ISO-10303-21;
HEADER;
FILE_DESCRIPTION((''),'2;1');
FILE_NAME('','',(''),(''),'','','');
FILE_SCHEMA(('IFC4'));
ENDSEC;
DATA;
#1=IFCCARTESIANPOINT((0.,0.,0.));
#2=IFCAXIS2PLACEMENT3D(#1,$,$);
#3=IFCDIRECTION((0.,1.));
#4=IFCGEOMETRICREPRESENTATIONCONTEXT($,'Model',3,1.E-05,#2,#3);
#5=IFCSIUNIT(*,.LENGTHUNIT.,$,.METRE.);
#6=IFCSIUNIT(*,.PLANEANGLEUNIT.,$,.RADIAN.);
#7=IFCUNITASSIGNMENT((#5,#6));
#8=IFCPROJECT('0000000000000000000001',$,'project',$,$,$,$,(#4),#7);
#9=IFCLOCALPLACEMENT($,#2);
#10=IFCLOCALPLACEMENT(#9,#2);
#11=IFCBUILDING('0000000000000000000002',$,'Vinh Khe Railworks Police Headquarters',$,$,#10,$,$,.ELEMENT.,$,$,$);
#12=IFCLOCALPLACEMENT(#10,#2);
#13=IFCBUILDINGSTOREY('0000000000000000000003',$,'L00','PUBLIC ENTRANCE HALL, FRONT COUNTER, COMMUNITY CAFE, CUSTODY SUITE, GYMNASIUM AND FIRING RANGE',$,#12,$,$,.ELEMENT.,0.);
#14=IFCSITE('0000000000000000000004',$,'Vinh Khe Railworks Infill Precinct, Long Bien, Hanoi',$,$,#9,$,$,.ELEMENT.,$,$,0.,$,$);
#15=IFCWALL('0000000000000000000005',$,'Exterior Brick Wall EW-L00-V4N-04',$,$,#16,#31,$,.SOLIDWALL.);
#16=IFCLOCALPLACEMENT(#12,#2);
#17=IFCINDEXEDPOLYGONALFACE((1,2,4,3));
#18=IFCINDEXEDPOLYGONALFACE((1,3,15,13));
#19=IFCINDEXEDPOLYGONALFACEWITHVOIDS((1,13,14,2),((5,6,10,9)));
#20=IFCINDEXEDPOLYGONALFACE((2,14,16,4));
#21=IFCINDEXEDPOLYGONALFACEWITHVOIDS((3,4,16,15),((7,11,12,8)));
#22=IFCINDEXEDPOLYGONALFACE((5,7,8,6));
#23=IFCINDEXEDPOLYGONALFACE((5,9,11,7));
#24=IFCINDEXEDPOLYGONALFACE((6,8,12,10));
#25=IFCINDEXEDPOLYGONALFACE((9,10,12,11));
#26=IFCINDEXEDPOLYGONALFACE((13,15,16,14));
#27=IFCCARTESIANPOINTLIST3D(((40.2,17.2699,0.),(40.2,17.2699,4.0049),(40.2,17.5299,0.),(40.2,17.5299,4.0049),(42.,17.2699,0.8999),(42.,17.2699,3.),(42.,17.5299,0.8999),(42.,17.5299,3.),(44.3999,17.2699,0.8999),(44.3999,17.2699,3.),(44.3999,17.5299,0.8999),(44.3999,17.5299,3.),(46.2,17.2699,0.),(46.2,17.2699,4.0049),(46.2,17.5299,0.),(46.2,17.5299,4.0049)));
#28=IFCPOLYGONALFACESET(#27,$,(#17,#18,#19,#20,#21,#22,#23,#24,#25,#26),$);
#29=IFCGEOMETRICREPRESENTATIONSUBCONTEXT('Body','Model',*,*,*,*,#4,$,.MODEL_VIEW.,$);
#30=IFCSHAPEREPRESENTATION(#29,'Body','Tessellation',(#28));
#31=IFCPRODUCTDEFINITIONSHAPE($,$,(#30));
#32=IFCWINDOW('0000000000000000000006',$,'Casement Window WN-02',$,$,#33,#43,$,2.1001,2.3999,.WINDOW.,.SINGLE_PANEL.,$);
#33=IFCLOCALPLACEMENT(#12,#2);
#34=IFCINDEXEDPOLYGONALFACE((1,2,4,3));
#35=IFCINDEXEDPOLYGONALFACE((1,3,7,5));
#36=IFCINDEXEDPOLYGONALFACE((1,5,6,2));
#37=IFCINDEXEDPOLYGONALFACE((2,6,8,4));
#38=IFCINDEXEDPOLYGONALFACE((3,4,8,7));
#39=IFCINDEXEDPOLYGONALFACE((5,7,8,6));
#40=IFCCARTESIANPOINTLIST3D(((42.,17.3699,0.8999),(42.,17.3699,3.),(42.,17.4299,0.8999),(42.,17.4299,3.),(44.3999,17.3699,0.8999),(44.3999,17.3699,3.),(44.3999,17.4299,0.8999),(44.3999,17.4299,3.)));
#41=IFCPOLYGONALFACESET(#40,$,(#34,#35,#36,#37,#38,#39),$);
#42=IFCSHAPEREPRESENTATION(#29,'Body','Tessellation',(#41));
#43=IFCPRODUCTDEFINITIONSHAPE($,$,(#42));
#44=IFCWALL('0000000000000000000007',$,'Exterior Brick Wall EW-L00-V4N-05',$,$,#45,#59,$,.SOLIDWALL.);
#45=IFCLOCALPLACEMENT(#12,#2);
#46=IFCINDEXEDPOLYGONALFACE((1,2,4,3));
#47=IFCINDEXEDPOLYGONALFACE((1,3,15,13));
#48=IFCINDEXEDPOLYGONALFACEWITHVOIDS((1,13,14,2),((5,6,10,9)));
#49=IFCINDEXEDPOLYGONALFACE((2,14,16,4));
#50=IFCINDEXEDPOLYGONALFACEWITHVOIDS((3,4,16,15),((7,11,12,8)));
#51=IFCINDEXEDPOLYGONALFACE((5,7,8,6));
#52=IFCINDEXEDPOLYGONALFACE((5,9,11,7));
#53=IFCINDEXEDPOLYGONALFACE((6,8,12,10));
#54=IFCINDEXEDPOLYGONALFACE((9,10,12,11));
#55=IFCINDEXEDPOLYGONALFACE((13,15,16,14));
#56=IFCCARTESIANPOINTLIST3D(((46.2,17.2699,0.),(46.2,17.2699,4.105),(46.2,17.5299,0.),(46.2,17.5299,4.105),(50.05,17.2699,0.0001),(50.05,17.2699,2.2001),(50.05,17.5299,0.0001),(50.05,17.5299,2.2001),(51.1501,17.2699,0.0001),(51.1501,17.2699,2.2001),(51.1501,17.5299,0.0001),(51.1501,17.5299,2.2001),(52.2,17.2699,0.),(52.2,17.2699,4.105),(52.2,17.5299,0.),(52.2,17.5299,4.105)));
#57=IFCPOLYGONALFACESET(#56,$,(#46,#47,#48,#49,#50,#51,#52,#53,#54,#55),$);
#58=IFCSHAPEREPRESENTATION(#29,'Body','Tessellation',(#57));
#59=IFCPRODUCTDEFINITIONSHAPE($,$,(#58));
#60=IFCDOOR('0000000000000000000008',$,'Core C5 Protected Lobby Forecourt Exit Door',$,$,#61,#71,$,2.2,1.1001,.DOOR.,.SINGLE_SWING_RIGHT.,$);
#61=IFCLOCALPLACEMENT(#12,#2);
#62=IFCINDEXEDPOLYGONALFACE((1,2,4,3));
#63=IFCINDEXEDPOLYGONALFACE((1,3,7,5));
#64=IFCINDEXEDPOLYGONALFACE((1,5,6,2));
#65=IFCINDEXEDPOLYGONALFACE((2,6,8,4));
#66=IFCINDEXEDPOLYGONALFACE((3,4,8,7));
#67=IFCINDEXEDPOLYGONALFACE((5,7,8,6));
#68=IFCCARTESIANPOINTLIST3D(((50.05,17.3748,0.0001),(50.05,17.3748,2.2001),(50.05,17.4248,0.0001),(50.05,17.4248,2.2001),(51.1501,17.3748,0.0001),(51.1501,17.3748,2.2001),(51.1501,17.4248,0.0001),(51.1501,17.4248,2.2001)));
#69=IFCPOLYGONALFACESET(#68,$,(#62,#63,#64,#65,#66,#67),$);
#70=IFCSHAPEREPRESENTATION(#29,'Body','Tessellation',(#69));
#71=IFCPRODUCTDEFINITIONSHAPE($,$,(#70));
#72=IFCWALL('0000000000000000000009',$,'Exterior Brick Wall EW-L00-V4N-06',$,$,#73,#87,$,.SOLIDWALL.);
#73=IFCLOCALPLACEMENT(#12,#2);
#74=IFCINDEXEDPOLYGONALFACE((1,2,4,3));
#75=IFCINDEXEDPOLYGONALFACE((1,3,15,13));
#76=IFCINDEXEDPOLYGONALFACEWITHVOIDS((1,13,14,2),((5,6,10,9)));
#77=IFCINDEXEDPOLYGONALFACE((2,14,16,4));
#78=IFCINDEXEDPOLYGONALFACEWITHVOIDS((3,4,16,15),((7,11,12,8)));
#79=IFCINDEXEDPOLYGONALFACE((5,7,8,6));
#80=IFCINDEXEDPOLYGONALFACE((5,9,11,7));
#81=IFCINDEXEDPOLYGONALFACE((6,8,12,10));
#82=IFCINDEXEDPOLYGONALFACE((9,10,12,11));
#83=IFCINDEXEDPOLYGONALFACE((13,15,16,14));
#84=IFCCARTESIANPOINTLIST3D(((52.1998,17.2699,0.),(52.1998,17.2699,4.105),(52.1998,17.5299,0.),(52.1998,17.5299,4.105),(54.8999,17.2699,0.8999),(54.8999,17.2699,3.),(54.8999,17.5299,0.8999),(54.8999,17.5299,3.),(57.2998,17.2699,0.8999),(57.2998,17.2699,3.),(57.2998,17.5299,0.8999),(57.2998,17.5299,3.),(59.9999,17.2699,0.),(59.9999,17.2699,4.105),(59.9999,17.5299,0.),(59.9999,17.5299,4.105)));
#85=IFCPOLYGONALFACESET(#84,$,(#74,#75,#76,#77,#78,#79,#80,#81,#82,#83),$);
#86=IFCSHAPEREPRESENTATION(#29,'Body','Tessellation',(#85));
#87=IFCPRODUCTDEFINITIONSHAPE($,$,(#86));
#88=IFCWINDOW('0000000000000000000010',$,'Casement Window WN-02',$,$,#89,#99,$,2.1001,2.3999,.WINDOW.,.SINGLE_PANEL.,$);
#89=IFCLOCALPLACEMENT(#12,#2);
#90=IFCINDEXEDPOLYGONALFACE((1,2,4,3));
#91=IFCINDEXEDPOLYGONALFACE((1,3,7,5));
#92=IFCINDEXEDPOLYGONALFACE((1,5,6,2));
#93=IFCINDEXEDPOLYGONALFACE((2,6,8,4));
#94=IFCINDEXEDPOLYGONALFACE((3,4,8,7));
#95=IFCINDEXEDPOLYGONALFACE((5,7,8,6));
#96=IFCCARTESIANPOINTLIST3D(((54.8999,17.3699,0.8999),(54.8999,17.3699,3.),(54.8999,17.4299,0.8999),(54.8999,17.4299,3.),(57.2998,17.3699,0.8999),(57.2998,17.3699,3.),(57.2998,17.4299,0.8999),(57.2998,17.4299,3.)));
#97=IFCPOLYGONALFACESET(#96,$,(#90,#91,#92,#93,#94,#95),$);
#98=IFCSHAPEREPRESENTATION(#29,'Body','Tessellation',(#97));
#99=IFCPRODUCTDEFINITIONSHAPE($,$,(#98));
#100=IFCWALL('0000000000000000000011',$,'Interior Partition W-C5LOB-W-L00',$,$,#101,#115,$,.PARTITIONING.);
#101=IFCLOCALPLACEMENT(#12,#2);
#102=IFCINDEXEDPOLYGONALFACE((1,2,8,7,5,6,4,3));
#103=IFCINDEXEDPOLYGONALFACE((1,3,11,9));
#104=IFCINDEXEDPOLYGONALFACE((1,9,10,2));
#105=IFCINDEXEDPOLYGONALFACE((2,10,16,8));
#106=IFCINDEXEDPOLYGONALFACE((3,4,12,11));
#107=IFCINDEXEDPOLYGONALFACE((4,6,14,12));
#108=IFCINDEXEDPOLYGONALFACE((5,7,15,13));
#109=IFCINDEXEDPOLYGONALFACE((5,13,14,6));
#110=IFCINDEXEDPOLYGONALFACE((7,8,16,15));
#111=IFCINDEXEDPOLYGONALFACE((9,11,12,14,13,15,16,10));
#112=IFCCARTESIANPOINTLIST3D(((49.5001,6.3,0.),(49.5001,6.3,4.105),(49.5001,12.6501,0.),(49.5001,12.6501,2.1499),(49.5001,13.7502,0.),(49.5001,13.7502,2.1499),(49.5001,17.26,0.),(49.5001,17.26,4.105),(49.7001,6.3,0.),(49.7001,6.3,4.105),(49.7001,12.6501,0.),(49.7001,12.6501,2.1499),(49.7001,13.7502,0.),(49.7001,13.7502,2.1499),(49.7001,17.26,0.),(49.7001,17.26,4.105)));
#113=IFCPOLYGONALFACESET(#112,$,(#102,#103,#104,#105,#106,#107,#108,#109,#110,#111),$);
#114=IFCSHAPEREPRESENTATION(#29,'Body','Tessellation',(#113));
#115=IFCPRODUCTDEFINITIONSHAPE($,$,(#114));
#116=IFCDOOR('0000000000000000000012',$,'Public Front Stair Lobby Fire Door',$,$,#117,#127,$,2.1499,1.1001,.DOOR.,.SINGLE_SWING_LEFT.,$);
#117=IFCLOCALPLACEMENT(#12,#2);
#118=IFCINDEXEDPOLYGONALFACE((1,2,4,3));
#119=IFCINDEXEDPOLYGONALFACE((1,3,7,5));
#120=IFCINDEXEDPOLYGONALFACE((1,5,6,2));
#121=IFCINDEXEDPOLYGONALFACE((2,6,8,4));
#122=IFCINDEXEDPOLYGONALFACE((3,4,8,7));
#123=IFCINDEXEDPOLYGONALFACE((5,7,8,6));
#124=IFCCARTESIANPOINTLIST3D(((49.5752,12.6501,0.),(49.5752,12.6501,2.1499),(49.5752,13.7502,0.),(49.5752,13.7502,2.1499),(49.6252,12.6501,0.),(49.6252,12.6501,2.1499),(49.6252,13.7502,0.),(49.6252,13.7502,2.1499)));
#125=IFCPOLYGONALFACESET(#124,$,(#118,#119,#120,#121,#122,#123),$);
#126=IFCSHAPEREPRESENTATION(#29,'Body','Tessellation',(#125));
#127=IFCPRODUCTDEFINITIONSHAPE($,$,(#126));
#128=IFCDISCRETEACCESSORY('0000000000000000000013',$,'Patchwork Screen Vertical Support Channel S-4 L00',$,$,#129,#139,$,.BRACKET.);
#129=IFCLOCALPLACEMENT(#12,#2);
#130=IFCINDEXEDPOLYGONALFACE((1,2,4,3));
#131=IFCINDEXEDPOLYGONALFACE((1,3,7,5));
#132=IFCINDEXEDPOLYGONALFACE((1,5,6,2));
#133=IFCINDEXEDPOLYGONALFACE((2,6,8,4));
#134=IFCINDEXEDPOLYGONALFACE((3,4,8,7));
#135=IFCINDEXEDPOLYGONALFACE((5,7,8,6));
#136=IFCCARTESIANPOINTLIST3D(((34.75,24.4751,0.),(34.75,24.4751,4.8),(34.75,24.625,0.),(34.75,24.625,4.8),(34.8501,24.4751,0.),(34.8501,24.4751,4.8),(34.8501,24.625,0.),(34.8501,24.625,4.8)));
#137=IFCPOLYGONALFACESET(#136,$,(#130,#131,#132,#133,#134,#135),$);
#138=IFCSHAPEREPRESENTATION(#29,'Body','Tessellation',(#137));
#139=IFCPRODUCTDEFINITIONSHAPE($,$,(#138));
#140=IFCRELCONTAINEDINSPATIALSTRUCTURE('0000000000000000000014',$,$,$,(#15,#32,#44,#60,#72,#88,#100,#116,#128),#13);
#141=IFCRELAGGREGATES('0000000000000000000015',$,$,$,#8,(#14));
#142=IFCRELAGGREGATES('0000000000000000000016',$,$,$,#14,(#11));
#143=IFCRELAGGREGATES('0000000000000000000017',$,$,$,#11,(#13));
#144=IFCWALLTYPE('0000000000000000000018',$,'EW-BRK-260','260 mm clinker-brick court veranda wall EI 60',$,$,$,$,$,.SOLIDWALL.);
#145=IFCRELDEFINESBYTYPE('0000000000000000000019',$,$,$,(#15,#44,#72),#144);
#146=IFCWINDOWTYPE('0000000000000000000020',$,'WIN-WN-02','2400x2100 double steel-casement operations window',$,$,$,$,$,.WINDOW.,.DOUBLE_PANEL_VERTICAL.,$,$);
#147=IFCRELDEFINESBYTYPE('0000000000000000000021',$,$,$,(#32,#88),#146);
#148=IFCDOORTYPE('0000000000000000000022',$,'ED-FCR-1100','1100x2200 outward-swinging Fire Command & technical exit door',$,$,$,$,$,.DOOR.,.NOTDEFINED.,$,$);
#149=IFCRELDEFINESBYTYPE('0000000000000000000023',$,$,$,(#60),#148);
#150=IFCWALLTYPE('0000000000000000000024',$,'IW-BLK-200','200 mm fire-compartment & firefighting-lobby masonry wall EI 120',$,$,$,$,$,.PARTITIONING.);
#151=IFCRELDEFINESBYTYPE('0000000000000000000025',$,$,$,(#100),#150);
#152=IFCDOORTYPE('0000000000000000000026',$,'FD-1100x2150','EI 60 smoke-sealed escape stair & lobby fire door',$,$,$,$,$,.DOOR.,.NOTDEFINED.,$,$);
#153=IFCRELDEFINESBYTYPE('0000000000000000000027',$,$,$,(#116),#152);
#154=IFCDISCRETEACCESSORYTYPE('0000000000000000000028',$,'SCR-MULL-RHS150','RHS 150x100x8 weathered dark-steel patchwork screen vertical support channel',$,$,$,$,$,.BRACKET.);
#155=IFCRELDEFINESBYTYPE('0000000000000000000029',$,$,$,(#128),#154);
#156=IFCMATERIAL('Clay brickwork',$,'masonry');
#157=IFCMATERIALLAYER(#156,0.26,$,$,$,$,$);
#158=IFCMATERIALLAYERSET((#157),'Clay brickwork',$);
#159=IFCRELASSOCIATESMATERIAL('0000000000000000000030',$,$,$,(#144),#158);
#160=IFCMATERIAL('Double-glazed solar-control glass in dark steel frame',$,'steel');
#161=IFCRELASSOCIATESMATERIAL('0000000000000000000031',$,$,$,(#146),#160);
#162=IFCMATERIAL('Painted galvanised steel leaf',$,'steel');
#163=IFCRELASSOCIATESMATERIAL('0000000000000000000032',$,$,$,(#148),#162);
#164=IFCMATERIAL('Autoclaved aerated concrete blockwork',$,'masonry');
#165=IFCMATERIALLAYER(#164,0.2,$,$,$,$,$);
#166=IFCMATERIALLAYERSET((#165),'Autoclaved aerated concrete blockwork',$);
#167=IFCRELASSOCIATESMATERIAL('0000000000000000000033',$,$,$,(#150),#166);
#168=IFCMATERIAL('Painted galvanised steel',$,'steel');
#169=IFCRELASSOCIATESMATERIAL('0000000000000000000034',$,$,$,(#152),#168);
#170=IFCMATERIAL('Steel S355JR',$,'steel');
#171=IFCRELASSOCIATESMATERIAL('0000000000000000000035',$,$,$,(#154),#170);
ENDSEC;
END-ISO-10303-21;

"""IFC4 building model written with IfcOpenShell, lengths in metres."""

from ifc_helpers import new_model, si_unit, direction, frame, frame_2d, origin, origin_2d, place, context, subcontext, project, spatial, rectangle, extrude, material, layer, layer_set, type_object, element, fill, save


model = new_model("IFC4")

# Units and contexts
model_context = context("Model", 3, precision=1e-05, world=origin(), true_north=direction((0.0, 1.0)))
body_context = subcontext(model_context, "Body", "Model", "MODEL_VIEW")
ifc_project = project(units=[si_unit("LENGTHUNIT", "METRE"), si_unit("PLANEANGLEUNIT", "RADIAN")], contexts=[model_context])

# Site, building, storey
site_placement = place(None, origin())
site = spatial("IfcSite", under=ifc_project, at=site_placement, Name="Vinh Khe Railworks Infill Precinct, Long Bien, Hanoi", CompositionType="ELEMENT", RefElevation=0.0)
building_placement = place(site_placement, origin())
building = spatial("IfcBuilding", under=site, at=building_placement, Name="Vinh Khe Railworks Police Headquarters", CompositionType="ELEMENT")
storey_placement = place(building_placement, origin())
storey = spatial("IfcBuildingStorey", under=building, at=storey_placement, Name="L00", Description="PUBLIC ENTRANCE HALL, FRONT COUNTER, COMMUNITY CAFE, CUSTODY SUITE, GYMNASIUM AND FIRING RANGE", CompositionType="ELEMENT", Elevation=0.0)

# Shared definitions
ifc_material_1 = material(Name="Steel S355JR", Category="steel")

# Wall, opening, window
ifc_material_2 = material(Name="Clay brickwork", Category="masonry")
ifc_layer_1 = layer(ifc_material_2, 0.26)
ifc_layer_set_1 = layer_set([ifc_layer_1], Name="Clay brickwork")
wall_type_1 = type_object("IfcWallType", Name="EW-BRK-260", Description="260 mm clinker-brick court veranda wall EI 60", PredefinedType="SOLIDWALL", material=ifc_layer_set_1)
wall_1_placement = place(storey_placement, frame((40.2, 17.3999, 0.0), z_axis=(0.0, 0.0, 1.0), x_axis=(1.0, 0.0, 0.0)))
wall_1 = element("IfcWall", 1, at=wall_1_placement, inside=storey, type_object=wall_type_1, Name="Exterior Brick Wall EW-L00-V4N-04", PredefinedType="SOLIDWALL", context=body_context, shape_type="SweptSolid", body=[
    extrude(rectangle(XDim=6.0, YDim=0.26, at=frame_2d((3.0, 0.0))), origin(), (0.0, 0.0, 1.0), 4.0049),
])
opening_1_placement = place(wall_1_placement, frame((1.8, 0.0, 0.8999)))
opening_1 = element("IfcOpeningElement", 2, at=opening_1_placement, cuts=wall_1, PredefinedType="OPENING", context=body_context, shape_type="SweptSolid", body=[
    extrude(rectangle(XDim=2.3999, YDim=2.1001, at=frame_2d((1.2, 1.05))), frame((0.0, 0.145, 0.0), z_axis=(0.0, -1.0, 0.0), x_axis=(1.0, 0.0, 0.0)), (0.0, 0.0, 1.0), 0.2898),
])
ifc_material_3 = material(Name="Double-glazed solar-control glass in dark steel frame", Category="steel")
window_type = type_object("IfcWindowType", Name="WIN-WN-02", Description="2400x2100 double steel-casement operations window", PartitioningType="DOUBLE_PANEL_VERTICAL", PredefinedType="WINDOW", material=ifc_material_3)
window_1_placement = place(opening_1_placement, origin())
window_1 = element("IfcWindow", 3, at=window_1_placement, inside=storey, type_object=window_type, Name="Casement Window WN-02", OverallHeight=2.1001, OverallWidth=2.3999, PartitioningType="SINGLE_PANEL", PredefinedType="WINDOW", context=body_context, shape_type="SweptSolid", body=[
    extrude(rectangle(XDim=2.3999, YDim=2.1001, at=frame_2d((1.2, 1.05))), frame((0.0, 0.03, 0.0), z_axis=(0.0, -1.0, 0.0), x_axis=(1.0, 0.0, 0.0)), (0.0, 0.0, 1.0), 0.0601),
])
fill(opening_1, window_1)

# Wall, opening, door
wall_2_placement = place(storey_placement, frame((46.2, 17.3999, 0.0), z_axis=(0.0, 0.0, 1.0), x_axis=(1.0, 0.0, 0.0)))
wall_2 = element("IfcWall", 4, at=wall_2_placement, inside=storey, type_object=wall_type_1, Name="Exterior Brick Wall EW-L00-V4N-05", PredefinedType="SOLIDWALL", context=body_context, shape_type="SweptSolid", body=[
    extrude(rectangle(XDim=6.0, YDim=0.26, at=frame_2d((3.0, 0.0))), origin(), (0.0, 0.0, 1.0), 4.105),
])
opening_2_placement = place(wall_2_placement, frame((3.8501, 0.0, 0.0)))
opening_2 = element("IfcOpeningElement", 5, at=opening_2_placement, cuts=wall_2, PredefinedType="OPENING", context=body_context, shape_type="SweptSolid", body=[
    extrude(rectangle(XDim=1.1001, YDim=2.2, at=frame_2d((0.55, 1.1001))), frame((0.0, 0.145, 0.0), z_axis=(0.0, -1.0, 0.0), x_axis=(1.0, 0.0, 0.0)), (0.0, 0.0, 1.0), 0.2898),
])
ifc_material_4 = material(Name="Painted galvanised steel leaf", Category="steel")
door_type_1 = type_object("IfcDoorType", Name="ED-FCR-1100", Description="1100x2200 outward-swinging Fire Command & technical exit door", OperationType="NOTDEFINED", PredefinedType="DOOR", material=ifc_material_4)
door_1_placement = place(opening_2_placement, origin())
door_1 = element("IfcDoor", 6, at=door_1_placement, inside=storey, type_object=door_type_1, Name="Core C5 Protected Lobby Forecourt Exit Door", OperationType="SINGLE_SWING_RIGHT", OverallHeight=2.2, OverallWidth=1.1001, PredefinedType="DOOR", context=body_context, shape_type="SweptSolid", body=[
    extrude(rectangle(XDim=1.1001, YDim=2.2, at=frame_2d((0.55, 1.1001))), frame((0.0, 0.0249, 0.0), z_axis=(0.0, -1.0, 0.0), x_axis=(1.0, 0.0, 0.0)), (0.0, 0.0, 1.0), 0.05),
])
fill(opening_2, door_1)

# Wall, opening, window
wall_3_placement = place(storey_placement, frame((52.2, 17.3999, 0.0), z_axis=(0.0, 0.0, 1.0), x_axis=(1.0, 0.0, 0.0)))
wall_3 = element("IfcWall", 7, at=wall_3_placement, inside=storey, type_object=wall_type_1, Name="Exterior Brick Wall EW-L00-V4N-06", PredefinedType="SOLIDWALL", context=body_context, shape_type="SweptSolid", body=[
    extrude(rectangle(XDim=7.8, YDim=0.26, at=frame_2d((3.8999, 0.0))), origin(), (0.0, 0.0, 1.0), 4.105),
])
opening_3_placement = place(wall_3_placement, frame((2.7, 0.0, 0.8999)))
opening_3 = element("IfcOpeningElement", 8, at=opening_3_placement, cuts=wall_3, PredefinedType="OPENING", context=body_context, shape_type="SweptSolid", body=[
    extrude(rectangle(XDim=2.3999, YDim=2.1001, at=frame_2d((1.2, 1.05))), frame((0.0, 0.145, 0.0), z_axis=(0.0, -1.0, 0.0), x_axis=(1.0, 0.0, 0.0)), (0.0, 0.0, 1.0), 0.2898),
])
window_2_placement = place(opening_3_placement, origin())
window_2 = element("IfcWindow", 9, at=window_2_placement, inside=storey, type_object=window_type, Name="Casement Window WN-02", OverallHeight=2.1001, OverallWidth=2.3999, PartitioningType="SINGLE_PANEL", PredefinedType="WINDOW", context=body_context, shape_type="SweptSolid", body=[
    extrude(rectangle(XDim=2.3999, YDim=2.1001, at=frame_2d((1.2, 1.05))), frame((0.0, 0.03, 0.0), z_axis=(0.0, -1.0, 0.0), x_axis=(1.0, 0.0, 0.0)), (0.0, 0.0, 1.0), 0.0601),
])
fill(opening_3, window_2)

# Wall, opening, door
ifc_material_5 = material(Name="Autoclaved aerated concrete blockwork", Category="masonry")
ifc_layer_2 = layer(ifc_material_5, 0.2)
ifc_layer_set_2 = layer_set([ifc_layer_2], Name="Autoclaved aerated concrete blockwork")
wall_type_2 = type_object("IfcWallType", Name="IW-BLK-200", Description="200 mm fire-compartment & firefighting-lobby masonry wall EI 120", PredefinedType="PARTITIONING", material=ifc_layer_set_2)
wall_4_placement = place(storey_placement, frame((49.6001, 6.3, 0.0), z_axis=(0.0, 0.0, 1.0), x_axis=(0.0, 1.0, 0.0)))
wall_4 = element("IfcWall", 10, at=wall_4_placement, inside=storey, type_object=wall_type_2, Name="Interior Partition W-C5LOB-W-L00", PredefinedType="PARTITIONING", context=body_context, shape_type="SweptSolid", body=[
    extrude(rectangle(XDim=10.96, YDim=0.2, at=frame_2d((5.48, 0.0))), origin(), (0.0, 0.0, 1.0), 4.105),
])
opening_4_placement = place(wall_4_placement, frame((6.3501, 0.0, 0.0)))
opening_4 = element("IfcOpeningElement", 11, at=opening_4_placement, cuts=wall_4, PredefinedType="OPENING", context=body_context, shape_type="SweptSolid", body=[
    extrude(rectangle(XDim=1.1001, YDim=2.1499, at=frame_2d((0.55, 1.075))), frame((0.0, 0.1147, 0.0), z_axis=(0.0, -1.0, 0.0), x_axis=(1.0, 0.0, 0.0)), (0.0, 0.0, 1.0), 0.2297),
])
ifc_material_6 = material(Name="Painted galvanised steel", Category="steel")
door_type_2 = type_object("IfcDoorType", Name="FD-1100x2150", Description="EI 60 smoke-sealed escape stair & lobby fire door", OperationType="NOTDEFINED", PredefinedType="DOOR", material=ifc_material_6)
door_2_placement = place(opening_4_placement, origin())
door_2 = element("IfcDoor", 12, at=door_2_placement, inside=storey, type_object=door_type_2, Name="Public Front Stair Lobby Fire Door", OperationType="SINGLE_SWING_LEFT", OverallHeight=2.1499, OverallWidth=1.1001, PredefinedType="DOOR", context=body_context, shape_type="SweptSolid", body=[
    extrude(rectangle(XDim=1.1001, YDim=2.1499, at=frame_2d((0.55, 1.075))), frame((0.0, 0.0249, 0.0), z_axis=(0.0, -1.0, 0.0), x_axis=(1.0, 0.0, 0.0)), (0.0, 0.0, 1.0), 0.05),
])
fill(opening_4, door_2)

# Discrete accessory
discrete_accessory_type = type_object("IfcDiscreteAccessoryType", Name="SCR-MULL-RHS150", Description="RHS 150x100x8 weathered dark-steel patchwork screen vertical support channel", PredefinedType="BRACKET", material=ifc_material_1)
discrete_accessory_placement = place(storey_placement, frame((34.8, 24.55, 0.0), z_axis=(0.0, 0.0, 1.0), x_axis=(1.0, 0.0, 0.0)))
element("IfcDiscreteAccessory", 13, at=discrete_accessory_placement, inside=storey, type_object=discrete_accessory_type, Name="Patchwork Screen Vertical Support Channel S-4 L00", PredefinedType="BRACKET", context=body_context, shape_type="SweptSolid", body=[
    extrude(rectangle(XDim=0.1001, YDim=0.1499, at=origin_2d()), origin(), (0.0, 0.0, 1.0), 4.8),
])

save(model, "model.ifc")
